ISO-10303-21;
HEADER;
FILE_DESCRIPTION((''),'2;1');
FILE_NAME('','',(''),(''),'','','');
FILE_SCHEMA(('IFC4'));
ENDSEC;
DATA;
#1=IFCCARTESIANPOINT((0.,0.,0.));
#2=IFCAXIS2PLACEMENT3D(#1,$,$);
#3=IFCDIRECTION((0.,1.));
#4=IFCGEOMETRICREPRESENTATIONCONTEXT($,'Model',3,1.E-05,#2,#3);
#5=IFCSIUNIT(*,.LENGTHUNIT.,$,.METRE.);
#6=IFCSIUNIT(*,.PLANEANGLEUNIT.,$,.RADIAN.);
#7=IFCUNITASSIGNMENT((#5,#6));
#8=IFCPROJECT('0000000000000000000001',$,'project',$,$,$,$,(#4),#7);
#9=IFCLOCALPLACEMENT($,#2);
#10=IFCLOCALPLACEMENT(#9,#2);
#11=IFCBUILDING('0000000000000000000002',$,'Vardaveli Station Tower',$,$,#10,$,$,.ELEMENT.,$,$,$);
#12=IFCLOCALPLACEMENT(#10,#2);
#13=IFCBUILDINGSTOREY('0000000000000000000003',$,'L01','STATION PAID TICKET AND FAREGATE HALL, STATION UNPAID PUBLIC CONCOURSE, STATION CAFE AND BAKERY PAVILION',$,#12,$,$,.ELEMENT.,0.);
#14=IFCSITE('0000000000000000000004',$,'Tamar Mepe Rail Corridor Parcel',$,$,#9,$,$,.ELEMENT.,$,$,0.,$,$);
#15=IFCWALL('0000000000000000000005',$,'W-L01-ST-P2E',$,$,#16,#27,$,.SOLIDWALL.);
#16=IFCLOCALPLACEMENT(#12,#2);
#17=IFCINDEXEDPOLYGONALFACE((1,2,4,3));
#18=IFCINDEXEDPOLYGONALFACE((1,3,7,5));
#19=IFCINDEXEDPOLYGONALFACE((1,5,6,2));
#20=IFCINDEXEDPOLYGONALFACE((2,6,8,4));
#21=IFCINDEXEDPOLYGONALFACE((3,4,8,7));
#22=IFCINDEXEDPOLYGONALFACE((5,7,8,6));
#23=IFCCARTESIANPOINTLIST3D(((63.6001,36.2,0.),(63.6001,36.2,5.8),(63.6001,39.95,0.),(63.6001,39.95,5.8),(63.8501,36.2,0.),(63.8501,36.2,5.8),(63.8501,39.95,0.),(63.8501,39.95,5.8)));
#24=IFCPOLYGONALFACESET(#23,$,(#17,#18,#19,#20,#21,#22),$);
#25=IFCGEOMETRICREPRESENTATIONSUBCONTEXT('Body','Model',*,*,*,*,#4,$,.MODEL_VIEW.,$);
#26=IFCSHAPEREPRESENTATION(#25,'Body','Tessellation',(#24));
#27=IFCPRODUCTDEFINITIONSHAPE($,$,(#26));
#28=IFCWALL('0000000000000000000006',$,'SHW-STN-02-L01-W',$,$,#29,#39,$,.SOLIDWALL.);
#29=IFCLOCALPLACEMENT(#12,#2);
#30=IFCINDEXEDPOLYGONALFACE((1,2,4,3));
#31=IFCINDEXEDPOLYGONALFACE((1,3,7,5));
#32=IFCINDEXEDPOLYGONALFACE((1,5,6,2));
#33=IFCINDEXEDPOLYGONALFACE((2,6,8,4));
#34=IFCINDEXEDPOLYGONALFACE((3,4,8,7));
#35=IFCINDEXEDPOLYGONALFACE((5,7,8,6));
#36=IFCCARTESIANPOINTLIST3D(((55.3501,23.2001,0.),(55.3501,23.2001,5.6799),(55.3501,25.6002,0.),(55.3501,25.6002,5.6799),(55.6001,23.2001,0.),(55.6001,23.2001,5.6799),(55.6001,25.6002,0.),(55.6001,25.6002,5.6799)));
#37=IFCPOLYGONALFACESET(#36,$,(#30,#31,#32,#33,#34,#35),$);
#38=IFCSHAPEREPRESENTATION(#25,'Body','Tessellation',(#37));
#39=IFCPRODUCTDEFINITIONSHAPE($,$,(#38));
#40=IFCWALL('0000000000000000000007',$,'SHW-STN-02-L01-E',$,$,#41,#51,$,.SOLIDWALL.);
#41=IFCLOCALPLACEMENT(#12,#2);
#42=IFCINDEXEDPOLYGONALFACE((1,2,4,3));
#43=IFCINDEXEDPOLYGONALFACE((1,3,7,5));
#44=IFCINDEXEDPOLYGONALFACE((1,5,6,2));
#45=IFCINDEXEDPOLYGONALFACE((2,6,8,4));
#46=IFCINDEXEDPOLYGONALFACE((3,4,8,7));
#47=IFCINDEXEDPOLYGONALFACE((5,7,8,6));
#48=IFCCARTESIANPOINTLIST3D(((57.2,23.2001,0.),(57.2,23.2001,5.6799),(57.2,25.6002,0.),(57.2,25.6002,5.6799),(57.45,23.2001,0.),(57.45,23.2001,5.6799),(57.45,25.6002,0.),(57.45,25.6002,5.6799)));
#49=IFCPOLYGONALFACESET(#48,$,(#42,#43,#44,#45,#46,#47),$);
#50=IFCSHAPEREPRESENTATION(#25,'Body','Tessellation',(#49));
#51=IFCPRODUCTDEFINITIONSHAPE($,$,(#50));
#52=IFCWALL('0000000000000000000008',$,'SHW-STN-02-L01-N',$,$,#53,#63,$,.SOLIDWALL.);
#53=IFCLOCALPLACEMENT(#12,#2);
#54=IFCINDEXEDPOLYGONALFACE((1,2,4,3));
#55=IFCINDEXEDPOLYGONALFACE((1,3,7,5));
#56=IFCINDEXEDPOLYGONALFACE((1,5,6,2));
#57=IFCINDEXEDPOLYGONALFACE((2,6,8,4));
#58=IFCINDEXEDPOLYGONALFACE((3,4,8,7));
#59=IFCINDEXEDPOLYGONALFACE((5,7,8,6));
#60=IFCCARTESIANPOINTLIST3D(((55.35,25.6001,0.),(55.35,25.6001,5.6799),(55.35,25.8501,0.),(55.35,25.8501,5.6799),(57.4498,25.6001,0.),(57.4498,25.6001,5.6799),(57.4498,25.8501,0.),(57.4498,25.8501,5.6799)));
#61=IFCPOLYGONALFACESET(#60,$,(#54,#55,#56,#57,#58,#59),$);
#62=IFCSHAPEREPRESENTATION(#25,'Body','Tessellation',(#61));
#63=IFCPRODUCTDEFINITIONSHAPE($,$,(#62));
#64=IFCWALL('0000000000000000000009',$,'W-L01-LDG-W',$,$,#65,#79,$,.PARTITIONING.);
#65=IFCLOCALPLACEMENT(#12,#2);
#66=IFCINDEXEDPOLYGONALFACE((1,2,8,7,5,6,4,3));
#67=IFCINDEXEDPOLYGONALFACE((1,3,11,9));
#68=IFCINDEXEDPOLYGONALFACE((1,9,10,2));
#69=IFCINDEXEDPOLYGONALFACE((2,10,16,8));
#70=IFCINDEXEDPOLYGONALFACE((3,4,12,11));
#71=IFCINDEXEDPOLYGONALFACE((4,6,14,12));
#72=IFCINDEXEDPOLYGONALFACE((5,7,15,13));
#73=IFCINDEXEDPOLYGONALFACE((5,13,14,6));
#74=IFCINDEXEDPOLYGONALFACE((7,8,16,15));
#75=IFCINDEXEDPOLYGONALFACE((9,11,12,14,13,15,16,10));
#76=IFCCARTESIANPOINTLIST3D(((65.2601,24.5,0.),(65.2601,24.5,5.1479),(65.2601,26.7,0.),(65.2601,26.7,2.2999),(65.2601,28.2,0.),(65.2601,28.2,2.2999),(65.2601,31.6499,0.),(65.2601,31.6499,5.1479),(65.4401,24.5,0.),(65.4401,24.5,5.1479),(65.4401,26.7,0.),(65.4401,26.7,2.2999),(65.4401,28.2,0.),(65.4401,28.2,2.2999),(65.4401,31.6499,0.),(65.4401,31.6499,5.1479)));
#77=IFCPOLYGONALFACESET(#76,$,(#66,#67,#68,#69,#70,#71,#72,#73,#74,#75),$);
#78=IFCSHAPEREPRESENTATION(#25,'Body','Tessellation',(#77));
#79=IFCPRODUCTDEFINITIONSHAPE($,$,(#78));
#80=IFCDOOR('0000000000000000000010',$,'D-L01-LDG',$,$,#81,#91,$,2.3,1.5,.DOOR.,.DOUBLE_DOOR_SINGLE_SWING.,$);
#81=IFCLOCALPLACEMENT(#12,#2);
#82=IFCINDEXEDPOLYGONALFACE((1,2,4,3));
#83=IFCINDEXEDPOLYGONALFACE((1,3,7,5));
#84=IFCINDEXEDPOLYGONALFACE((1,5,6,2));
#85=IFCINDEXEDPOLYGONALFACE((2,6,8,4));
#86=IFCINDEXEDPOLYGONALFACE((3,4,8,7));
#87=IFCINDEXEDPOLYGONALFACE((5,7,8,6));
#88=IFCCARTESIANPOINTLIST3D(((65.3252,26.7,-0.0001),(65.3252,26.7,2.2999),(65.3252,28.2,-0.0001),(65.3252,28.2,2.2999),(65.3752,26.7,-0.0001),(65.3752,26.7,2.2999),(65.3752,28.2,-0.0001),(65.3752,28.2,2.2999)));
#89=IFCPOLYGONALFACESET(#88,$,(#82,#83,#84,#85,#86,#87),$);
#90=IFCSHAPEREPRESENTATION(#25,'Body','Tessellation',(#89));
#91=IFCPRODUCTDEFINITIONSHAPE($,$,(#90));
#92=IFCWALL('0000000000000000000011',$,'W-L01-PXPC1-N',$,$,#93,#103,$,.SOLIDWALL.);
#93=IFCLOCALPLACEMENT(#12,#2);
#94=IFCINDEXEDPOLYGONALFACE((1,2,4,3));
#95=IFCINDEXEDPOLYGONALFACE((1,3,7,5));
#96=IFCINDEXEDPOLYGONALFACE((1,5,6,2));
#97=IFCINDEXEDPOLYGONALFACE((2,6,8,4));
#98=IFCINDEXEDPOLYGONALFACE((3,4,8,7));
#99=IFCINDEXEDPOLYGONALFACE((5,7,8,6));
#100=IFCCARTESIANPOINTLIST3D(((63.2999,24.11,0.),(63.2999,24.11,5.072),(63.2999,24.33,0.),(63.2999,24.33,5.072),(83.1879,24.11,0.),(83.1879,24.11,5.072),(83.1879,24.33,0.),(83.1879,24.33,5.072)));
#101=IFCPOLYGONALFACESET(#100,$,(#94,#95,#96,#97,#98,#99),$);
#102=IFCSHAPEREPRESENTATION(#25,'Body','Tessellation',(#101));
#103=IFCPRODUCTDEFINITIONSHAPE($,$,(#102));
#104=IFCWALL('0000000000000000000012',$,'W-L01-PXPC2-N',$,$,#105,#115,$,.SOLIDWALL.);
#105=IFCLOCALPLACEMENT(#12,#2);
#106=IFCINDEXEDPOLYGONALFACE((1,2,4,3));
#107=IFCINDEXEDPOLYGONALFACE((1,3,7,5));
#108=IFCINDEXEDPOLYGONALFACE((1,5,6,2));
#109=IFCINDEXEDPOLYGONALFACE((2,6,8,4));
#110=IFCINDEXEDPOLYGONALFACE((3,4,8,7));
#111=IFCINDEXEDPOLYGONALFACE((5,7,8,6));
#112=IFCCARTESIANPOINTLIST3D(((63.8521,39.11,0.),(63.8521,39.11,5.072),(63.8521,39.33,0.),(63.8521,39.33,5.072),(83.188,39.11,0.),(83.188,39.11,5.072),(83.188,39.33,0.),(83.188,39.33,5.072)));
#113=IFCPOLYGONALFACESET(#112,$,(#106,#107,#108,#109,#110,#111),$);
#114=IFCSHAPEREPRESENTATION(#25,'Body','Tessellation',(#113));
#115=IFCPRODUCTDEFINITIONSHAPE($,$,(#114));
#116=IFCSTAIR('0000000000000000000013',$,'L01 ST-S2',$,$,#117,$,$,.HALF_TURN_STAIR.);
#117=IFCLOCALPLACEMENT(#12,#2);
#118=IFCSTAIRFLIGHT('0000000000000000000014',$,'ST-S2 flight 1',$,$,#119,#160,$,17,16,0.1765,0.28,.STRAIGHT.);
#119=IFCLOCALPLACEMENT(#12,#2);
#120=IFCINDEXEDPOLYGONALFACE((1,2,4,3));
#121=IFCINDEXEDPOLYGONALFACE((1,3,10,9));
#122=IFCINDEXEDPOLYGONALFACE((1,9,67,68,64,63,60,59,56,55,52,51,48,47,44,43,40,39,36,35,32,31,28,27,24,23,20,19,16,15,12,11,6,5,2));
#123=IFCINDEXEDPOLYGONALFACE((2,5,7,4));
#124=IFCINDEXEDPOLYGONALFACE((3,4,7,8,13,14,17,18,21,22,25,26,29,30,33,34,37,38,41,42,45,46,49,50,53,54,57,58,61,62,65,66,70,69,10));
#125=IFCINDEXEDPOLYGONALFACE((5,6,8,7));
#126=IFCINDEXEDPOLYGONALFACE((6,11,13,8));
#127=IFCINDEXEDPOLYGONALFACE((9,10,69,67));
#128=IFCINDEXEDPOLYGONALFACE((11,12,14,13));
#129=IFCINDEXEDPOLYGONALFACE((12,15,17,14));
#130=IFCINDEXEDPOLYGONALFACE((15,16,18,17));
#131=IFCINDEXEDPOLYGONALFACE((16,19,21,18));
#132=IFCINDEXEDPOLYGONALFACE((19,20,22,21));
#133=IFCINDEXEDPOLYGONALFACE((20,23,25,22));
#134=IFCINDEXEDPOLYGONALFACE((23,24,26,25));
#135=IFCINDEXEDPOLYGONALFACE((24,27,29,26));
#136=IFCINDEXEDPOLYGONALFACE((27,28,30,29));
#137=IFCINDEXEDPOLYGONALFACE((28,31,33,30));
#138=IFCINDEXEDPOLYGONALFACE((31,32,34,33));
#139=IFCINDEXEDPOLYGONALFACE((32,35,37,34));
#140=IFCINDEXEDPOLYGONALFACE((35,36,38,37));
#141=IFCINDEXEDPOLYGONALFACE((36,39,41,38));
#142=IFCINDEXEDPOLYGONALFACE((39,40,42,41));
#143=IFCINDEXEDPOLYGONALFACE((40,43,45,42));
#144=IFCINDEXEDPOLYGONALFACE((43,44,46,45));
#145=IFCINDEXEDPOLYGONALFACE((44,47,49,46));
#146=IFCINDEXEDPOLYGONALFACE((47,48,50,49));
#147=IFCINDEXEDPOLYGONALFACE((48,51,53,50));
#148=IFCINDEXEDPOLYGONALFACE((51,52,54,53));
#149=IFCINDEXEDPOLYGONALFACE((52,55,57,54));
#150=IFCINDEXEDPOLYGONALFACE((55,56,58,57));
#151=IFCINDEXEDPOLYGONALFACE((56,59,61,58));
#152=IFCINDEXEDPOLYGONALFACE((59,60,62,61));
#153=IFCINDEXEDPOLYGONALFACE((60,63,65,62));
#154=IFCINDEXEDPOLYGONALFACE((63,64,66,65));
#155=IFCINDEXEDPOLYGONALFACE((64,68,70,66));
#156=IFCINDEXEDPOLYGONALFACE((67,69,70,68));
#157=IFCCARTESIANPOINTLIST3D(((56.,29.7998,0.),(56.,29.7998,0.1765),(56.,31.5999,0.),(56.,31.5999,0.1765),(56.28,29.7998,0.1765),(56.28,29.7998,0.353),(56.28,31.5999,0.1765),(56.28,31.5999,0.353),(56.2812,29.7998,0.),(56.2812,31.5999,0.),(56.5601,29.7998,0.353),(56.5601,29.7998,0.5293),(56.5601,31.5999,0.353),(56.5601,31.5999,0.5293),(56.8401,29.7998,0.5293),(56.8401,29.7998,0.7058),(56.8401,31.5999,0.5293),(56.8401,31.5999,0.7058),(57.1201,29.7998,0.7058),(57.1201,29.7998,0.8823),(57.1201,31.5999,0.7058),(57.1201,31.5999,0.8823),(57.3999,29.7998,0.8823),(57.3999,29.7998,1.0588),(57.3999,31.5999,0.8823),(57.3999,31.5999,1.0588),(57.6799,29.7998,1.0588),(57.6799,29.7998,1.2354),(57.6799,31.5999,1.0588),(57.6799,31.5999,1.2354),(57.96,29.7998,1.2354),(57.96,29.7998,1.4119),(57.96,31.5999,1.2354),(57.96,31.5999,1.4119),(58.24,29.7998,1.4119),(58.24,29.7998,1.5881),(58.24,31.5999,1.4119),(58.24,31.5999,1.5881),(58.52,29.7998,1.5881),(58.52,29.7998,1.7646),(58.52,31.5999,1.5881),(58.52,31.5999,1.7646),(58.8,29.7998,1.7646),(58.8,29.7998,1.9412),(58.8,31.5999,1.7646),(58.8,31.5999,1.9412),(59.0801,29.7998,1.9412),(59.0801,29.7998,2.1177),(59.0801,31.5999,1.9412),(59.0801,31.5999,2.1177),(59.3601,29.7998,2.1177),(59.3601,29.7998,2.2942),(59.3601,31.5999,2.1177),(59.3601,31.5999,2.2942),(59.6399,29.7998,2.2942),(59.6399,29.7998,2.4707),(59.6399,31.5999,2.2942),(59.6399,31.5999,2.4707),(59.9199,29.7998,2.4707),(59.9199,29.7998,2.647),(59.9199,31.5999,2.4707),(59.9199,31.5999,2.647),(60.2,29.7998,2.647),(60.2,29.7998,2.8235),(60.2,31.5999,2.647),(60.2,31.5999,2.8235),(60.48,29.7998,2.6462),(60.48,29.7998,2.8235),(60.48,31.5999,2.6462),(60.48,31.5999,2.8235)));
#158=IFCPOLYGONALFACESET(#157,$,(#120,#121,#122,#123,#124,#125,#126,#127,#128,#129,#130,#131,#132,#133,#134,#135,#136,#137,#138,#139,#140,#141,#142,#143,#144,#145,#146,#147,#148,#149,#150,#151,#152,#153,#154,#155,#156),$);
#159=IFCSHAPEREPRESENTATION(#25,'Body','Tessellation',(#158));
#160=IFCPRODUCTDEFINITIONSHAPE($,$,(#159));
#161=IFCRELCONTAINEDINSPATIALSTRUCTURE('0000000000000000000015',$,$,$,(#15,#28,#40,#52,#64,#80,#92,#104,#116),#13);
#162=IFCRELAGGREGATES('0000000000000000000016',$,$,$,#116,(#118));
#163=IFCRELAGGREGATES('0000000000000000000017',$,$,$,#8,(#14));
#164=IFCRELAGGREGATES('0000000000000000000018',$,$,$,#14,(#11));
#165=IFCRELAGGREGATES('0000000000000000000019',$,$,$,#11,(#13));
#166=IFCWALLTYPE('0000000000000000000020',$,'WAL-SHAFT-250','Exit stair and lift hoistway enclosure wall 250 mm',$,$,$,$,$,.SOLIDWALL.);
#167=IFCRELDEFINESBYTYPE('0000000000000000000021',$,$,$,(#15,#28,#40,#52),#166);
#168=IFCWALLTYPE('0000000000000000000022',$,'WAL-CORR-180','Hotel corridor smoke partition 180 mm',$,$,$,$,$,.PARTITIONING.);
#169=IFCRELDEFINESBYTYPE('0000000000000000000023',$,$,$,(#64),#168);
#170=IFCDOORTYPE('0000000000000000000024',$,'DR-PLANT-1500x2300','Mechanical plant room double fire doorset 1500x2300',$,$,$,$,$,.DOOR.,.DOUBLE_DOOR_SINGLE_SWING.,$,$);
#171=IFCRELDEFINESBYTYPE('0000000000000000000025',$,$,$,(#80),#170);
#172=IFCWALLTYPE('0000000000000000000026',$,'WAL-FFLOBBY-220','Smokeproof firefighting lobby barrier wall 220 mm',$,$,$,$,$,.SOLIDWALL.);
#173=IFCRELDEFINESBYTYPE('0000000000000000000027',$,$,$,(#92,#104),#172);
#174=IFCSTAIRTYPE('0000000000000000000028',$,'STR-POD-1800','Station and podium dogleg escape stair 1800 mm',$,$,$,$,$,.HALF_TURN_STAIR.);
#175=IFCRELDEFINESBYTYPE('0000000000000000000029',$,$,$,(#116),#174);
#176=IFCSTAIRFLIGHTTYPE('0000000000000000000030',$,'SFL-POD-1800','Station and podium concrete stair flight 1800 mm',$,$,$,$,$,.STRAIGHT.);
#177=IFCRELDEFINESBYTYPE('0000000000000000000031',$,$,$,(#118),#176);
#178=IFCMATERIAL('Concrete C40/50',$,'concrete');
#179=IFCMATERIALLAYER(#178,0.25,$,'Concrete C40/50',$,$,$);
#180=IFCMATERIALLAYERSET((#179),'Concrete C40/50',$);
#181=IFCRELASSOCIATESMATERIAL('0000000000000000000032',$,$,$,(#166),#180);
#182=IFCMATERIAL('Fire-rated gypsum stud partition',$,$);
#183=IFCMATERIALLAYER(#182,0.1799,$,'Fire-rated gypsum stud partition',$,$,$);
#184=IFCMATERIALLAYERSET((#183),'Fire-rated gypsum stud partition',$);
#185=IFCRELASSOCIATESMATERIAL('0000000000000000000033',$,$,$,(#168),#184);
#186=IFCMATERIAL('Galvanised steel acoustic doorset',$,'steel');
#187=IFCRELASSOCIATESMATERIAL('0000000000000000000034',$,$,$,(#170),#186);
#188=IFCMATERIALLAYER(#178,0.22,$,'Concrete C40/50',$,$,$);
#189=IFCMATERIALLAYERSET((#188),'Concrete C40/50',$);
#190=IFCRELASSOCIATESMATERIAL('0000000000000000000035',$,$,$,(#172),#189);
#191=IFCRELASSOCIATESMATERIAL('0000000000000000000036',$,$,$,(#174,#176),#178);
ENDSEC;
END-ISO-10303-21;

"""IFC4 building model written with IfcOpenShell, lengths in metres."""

from ifc_helpers import new_model, si_unit, direction, frame, frame_2d, origin, place, context, subcontext, project, spatial, polyline, rectangle, outline, extrude, source, transform, mapped, material, layer, layer_set, type_object, element, fill, aggregate, save


model = new_model("IFC4")

# Units and contexts
model_context = context("Model", 3, precision=1e-05, world=origin(), true_north=direction((0.0, 1.0)))
body_context = subcontext(model_context, "Body", "Model", "MODEL_VIEW")
ifc_project = project(units=[si_unit("LENGTHUNIT", "METRE"), si_unit("PLANEANGLEUNIT", "RADIAN")], contexts=[model_context])

# Site, building, storey
site_placement = place(None, origin())
site = spatial("IfcSite", under=ifc_project, at=site_placement, Name="Tamar Mepe Rail Corridor Parcel", CompositionType="ELEMENT", RefElevation=0.0)
building_placement = place(site_placement, origin())
building = spatial("IfcBuilding", under=site, at=building_placement, Name="Vardaveli Station Tower", CompositionType="ELEMENT")
storey_placement = place(building_placement, origin())
storey = spatial("IfcBuildingStorey", under=building, at=storey_placement, Name="L01", Description="STATION PAID TICKET AND FAREGATE HALL, STATION UNPAID PUBLIC CONCOURSE, STATION CAFE AND BAKERY PAVILION", CompositionType="ELEMENT", Elevation=0.0)

# Walls
ifc_material_1 = material(Name="Concrete C40/50", Category="concrete")
ifc_layer_1 = layer(ifc_material_1, 0.25, Name="Concrete C40/50")
ifc_layer_set_1 = layer_set([ifc_layer_1], Name="Concrete C40/50")
wall_type_1 = type_object("IfcWallType", Name="WAL-SHAFT-250", Description="Exit stair and lift hoistway enclosure wall 250 mm", PredefinedType="SOLIDWALL", material=ifc_layer_set_1)
shared_shape_1 = source(origin(), body_context, "Body", "SweptSolid", [
    extrude(rectangle(XDim=3.75, YDim=0.25, at=frame_2d((1.875, 0.0))), origin(), (0.0, 0.0, 1.0), 5.8),
])
for number, where, z_axis, x_axis, name in (
    (1, (63.7251, 36.2, 0.0), (0.0, 0.0, 1.0), (0.0, 1.0, 0.0), "W-L01-ST-P2E"),
):
    element("IfcWall", number, at=place(storey_placement, frame(where, z_axis=z_axis, x_axis=x_axis)), inside=storey, type_object=wall_type_1, Name=name, PredefinedType="SOLIDWALL", context=body_context, shape_type="MappedRepresentation", body=[
        mapped(shared_shape_1, transform((0.0, 0.0, 0.0), scale=1.0)),
    ])
shared_shape_2 = source(origin(), body_context, "Body", "SweptSolid", [
    extrude(rectangle(XDim=2.4001, YDim=0.25, at=frame_2d((1.2002, 0.0))), origin(), (0.0, 0.0, 1.0), 5.6799),
])
for number, where, z_axis, x_axis, name in (
    (2, (55.4751, 23.2, 0.0), (0.0, 0.0, 1.0), (0.0, 1.0, 0.0), "SHW-STN-02-L01-W"),
    (3, (57.325, 23.2, 0.0), (0.0, 0.0, 1.0), (0.0, 1.0, 0.0), "SHW-STN-02-L01-E"),
):
    element("IfcWall", number, at=place(storey_placement, frame(where, z_axis=z_axis, x_axis=x_axis)), inside=storey, type_object=wall_type_1, Name=name, PredefinedType="SOLIDWALL", context=body_context, shape_type="MappedRepresentation", body=[
        mapped(shared_shape_2, transform((0.0, 0.0, 0.0), scale=1.0)),
    ])
shared_shape_3 = source(origin(), body_context, "Body", "SweptSolid", [
    extrude(rectangle(XDim=2.0999, YDim=0.25, at=frame_2d((1.0498, 0.0))), origin(), (0.0, 0.0, 1.0), 5.6799),
])
wall_1_placement = place(storey_placement, frame((55.3501, 25.7251, 0.0), z_axis=(0.0, 0.0, 1.0), x_axis=(1.0, 0.0, 0.0)))
element("IfcWall", 4, at=wall_1_placement, inside=storey, type_object=wall_type_1, Name="SHW-STN-02-L01-N", PredefinedType="SOLIDWALL", context=body_context, shape_type="MappedRepresentation", body=[
    mapped(shared_shape_3, transform((0.0, 0.0, 0.0), scale=1.0)),
])

# Wall, opening, door
ifc_material_2 = material(Name="Fire-rated gypsum stud partition")
ifc_layer_2 = layer(ifc_material_2, 0.1799, Name="Fire-rated gypsum stud partition")
ifc_layer_set_2 = layer_set([ifc_layer_2], Name="Fire-rated gypsum stud partition")
wall_type_2 = type_object("IfcWallType", Name="WAL-CORR-180", Description="Hotel corridor smoke partition 180 mm", PredefinedType="PARTITIONING", material=ifc_layer_set_2)
shared_shape_4 = source(origin(), body_context, "Body", "SweptSolid", [
    extrude(rectangle(XDim=7.1499, YDim=0.1799, at=frame_2d((3.575, 0.0))), origin(), (0.0, 0.0, 1.0), 5.1479),
])
wall_2_placement = place(storey_placement, frame((65.3501, 24.5, 0.0), z_axis=(0.0, 0.0, 1.0), x_axis=(0.0, 1.0, 0.0)))
wall_2 = element("IfcWall", 5, at=wall_2_placement, inside=storey, type_object=wall_type_2, Name="W-L01-LDG-W", PredefinedType="PARTITIONING", context=body_context, shape_type="MappedRepresentation", body=[
    mapped(shared_shape_4, transform((0.0, 0.0, 0.0), scale=1.0)),
])
shared_shape_5 = source(origin(), body_context, "Body", "SweptSolid", [
    extrude(rectangle(XDim=1.5, YDim=2.3, at=frame_2d((0.75, 1.1499))), frame((0.0, 0.1001, 0.0), z_axis=(0.0, -1.0, 0.0), x_axis=(1.0, 0.0, 0.0)), (0.0, 0.0, 1.0), 0.2),
])
opening_1_placement = place(wall_2_placement, frame((2.2, 0.0, 0.0)))
opening_1 = element("IfcOpeningElement", 6, at=opening_1_placement, cuts=wall_2, PredefinedType="OPENING", context=body_context, shape_type="MappedRepresentation", body=[
    mapped(shared_shape_5, transform((0.0, 0.0, 0.0), scale=1.0)),
])
ifc_material_3 = material(Name="Galvanised steel acoustic doorset", Category="steel")
door_type_1 = type_object("IfcDoorType", Name="DR-PLANT-1500x2300", Description="Mechanical plant room double fire doorset 1500x2300", OperationType="DOUBLE_DOOR_SINGLE_SWING", PredefinedType="DOOR", material=ifc_material_3)
shared_shape_6 = source(origin(), body_context, "Body", "SweptSolid", [
    extrude(rectangle(XDim=1.5, YDim=2.3, at=frame_2d((0.75, 1.1499))), frame((0.0, 0.0249, 0.0), z_axis=(0.0, -1.0, 0.0), x_axis=(1.0, 0.0, 0.0)), (0.0, 0.0, 1.0), 0.05),
])
door_1_placement = place(opening_1_placement, origin())
door_1 = element("IfcDoor", 7, at=door_1_placement, inside=storey, type_object=door_type_1, Name="D-L01-LDG", OperationType="DOUBLE_DOOR_SINGLE_SWING", OverallHeight=2.3, OverallWidth=1.5, PredefinedType="DOOR", context=body_context, shape_type="MappedRepresentation", body=[
    mapped(shared_shape_6, transform((0.0, 0.0, 0.0), scale=1.0)),
])
fill(opening_1, door_1)
ifc_layer_3 = layer(ifc_material_1, 0.22, Name="Concrete C40/50")
ifc_layer_set_3 = layer_set([ifc_layer_3], Name="Concrete C40/50")
wall_type_3 = type_object("IfcWallType", Name="WAL-FFLOBBY-220", Description="Smokeproof firefighting lobby barrier wall 220 mm", PredefinedType="SOLIDWALL", material=ifc_layer_set_3)

# Walls
shared_shape_7 = source(origin(), body_context, "Body", "SweptSolid", [
    extrude(rectangle(XDim=19.8879, YDim=0.22, at=frame_2d((9.9438, 0.0))), origin(), (0.0, 0.0, 1.0), 5.072),
])
wall_3_placement = place(storey_placement, frame((63.3, 24.22, 0.0), z_axis=(0.0, 0.0, 1.0), x_axis=(1.0, 0.0, 0.0)))
element("IfcWall", 8, at=wall_3_placement, inside=storey, type_object=wall_type_3, Name="W-L01-PXPC1-N", PredefinedType="SOLIDWALL", context=body_context, shape_type="MappedRepresentation", body=[
    mapped(shared_shape_7, transform((0.0, 0.0, 0.0), scale=1.0)),
])
shared_shape_8 = source(origin(), body_context, "Body", "SweptSolid", [
    extrude(rectangle(XDim=19.3359, YDim=0.22, at=frame_2d((9.668, 0.0))), origin(), (0.0, 0.0, 1.0), 5.072),
])
wall_4_placement = place(storey_placement, frame((63.8521, 39.22, 0.0), z_axis=(0.0, 0.0, 1.0), x_axis=(1.0, 0.0, 0.0)))
element("IfcWall", 9, at=wall_4_placement, inside=storey, type_object=wall_type_3, Name="W-L01-PXPC2-N", PredefinedType="SOLIDWALL", context=body_context, shape_type="MappedRepresentation", body=[
    mapped(shared_shape_8, transform((0.0, 0.0, 0.0), scale=1.0)),
])

# Stair, stair flight
stair_type = type_object("IfcStairType", Name="STR-POD-1800", Description="Station and podium dogleg escape stair 1800 mm", PredefinedType="HALF_TURN_STAIR", material=ifc_material_1)
stair_1_placement = place(storey_placement, origin())
stair_1 = element("IfcStair", 10, at=stair_1_placement, inside=storey, type_object=stair_type, Name="L01 ST-S2", PredefinedType="HALF_TURN_STAIR")
stair_flight_type = type_object("IfcStairFlightType", Name="SFL-POD-1800", Description="Station and podium concrete stair flight 1800 mm", PredefinedType="STRAIGHT", material=ifc_material_1)
shared_shape_9 = source(origin(), body_context, "Body", "SweptSolid", [
    extrude(outline(polyline([(0.0, 0.0), (0.0, 0.1765), (0.28, 0.1765), (0.28, 0.353), (0.5601, 0.353), (0.5601, 0.5293), (0.8401, 0.5293), (0.8401, 0.7058), (1.1201, 0.7058), (1.1201, 0.8823), (1.3999, 0.8823), (1.3999, 1.0588), (1.6799, 1.0588), (1.6799, 1.2354), (1.96, 1.2354), (1.96, 1.4119), (2.24, 1.4119), (2.24, 1.5881), (2.52, 1.5881), (2.52, 1.7646), (2.8, 1.7646), (2.8, 1.9412), (3.0801, 1.9412), (3.0801, 2.1177), (3.3601, 2.1177), (3.3601, 2.2942), (3.6399, 2.2942), (3.6399, 2.4707), (3.9199, 2.4707), (3.9199, 2.647), (4.2, 2.647), (4.2, 2.8235), (4.48, 2.8235), (4.48, 3.0), (4.48, 2.6462), (0.2812, 0.0), (0.0, 0.0)])), frame((0.0, 0.8999, 0.0), z_axis=(0.0, -1.0, 0.0), x_axis=(1.0, 0.0, 0.0)), (0.0, 0.0, 1.0), 1.8),
])
stair_flight_1_placement = place(storey_placement, frame((56.0, 30.7, 0.0), z_axis=(0.0, 0.0, 1.0), x_axis=(1.0, 0.0, 0.0)))
stair_flight_1 = element("IfcStairFlight", 11, at=stair_flight_1_placement, type_object=stair_flight_type, Name="ST-S2 flight 1", NumberOfRisers=17, NumberOfTreads=16, PredefinedType="STRAIGHT", RiserHeight=0.1765, TreadLength=0.28, context=body_context, shape_type="MappedRepresentation", body=[
    mapped(shared_shape_9, transform((0.0, 0.0, 0.0), scale=1.0)),
])
aggregate(stair_1, [stair_flight_1])

save(model, "model.ifc")
